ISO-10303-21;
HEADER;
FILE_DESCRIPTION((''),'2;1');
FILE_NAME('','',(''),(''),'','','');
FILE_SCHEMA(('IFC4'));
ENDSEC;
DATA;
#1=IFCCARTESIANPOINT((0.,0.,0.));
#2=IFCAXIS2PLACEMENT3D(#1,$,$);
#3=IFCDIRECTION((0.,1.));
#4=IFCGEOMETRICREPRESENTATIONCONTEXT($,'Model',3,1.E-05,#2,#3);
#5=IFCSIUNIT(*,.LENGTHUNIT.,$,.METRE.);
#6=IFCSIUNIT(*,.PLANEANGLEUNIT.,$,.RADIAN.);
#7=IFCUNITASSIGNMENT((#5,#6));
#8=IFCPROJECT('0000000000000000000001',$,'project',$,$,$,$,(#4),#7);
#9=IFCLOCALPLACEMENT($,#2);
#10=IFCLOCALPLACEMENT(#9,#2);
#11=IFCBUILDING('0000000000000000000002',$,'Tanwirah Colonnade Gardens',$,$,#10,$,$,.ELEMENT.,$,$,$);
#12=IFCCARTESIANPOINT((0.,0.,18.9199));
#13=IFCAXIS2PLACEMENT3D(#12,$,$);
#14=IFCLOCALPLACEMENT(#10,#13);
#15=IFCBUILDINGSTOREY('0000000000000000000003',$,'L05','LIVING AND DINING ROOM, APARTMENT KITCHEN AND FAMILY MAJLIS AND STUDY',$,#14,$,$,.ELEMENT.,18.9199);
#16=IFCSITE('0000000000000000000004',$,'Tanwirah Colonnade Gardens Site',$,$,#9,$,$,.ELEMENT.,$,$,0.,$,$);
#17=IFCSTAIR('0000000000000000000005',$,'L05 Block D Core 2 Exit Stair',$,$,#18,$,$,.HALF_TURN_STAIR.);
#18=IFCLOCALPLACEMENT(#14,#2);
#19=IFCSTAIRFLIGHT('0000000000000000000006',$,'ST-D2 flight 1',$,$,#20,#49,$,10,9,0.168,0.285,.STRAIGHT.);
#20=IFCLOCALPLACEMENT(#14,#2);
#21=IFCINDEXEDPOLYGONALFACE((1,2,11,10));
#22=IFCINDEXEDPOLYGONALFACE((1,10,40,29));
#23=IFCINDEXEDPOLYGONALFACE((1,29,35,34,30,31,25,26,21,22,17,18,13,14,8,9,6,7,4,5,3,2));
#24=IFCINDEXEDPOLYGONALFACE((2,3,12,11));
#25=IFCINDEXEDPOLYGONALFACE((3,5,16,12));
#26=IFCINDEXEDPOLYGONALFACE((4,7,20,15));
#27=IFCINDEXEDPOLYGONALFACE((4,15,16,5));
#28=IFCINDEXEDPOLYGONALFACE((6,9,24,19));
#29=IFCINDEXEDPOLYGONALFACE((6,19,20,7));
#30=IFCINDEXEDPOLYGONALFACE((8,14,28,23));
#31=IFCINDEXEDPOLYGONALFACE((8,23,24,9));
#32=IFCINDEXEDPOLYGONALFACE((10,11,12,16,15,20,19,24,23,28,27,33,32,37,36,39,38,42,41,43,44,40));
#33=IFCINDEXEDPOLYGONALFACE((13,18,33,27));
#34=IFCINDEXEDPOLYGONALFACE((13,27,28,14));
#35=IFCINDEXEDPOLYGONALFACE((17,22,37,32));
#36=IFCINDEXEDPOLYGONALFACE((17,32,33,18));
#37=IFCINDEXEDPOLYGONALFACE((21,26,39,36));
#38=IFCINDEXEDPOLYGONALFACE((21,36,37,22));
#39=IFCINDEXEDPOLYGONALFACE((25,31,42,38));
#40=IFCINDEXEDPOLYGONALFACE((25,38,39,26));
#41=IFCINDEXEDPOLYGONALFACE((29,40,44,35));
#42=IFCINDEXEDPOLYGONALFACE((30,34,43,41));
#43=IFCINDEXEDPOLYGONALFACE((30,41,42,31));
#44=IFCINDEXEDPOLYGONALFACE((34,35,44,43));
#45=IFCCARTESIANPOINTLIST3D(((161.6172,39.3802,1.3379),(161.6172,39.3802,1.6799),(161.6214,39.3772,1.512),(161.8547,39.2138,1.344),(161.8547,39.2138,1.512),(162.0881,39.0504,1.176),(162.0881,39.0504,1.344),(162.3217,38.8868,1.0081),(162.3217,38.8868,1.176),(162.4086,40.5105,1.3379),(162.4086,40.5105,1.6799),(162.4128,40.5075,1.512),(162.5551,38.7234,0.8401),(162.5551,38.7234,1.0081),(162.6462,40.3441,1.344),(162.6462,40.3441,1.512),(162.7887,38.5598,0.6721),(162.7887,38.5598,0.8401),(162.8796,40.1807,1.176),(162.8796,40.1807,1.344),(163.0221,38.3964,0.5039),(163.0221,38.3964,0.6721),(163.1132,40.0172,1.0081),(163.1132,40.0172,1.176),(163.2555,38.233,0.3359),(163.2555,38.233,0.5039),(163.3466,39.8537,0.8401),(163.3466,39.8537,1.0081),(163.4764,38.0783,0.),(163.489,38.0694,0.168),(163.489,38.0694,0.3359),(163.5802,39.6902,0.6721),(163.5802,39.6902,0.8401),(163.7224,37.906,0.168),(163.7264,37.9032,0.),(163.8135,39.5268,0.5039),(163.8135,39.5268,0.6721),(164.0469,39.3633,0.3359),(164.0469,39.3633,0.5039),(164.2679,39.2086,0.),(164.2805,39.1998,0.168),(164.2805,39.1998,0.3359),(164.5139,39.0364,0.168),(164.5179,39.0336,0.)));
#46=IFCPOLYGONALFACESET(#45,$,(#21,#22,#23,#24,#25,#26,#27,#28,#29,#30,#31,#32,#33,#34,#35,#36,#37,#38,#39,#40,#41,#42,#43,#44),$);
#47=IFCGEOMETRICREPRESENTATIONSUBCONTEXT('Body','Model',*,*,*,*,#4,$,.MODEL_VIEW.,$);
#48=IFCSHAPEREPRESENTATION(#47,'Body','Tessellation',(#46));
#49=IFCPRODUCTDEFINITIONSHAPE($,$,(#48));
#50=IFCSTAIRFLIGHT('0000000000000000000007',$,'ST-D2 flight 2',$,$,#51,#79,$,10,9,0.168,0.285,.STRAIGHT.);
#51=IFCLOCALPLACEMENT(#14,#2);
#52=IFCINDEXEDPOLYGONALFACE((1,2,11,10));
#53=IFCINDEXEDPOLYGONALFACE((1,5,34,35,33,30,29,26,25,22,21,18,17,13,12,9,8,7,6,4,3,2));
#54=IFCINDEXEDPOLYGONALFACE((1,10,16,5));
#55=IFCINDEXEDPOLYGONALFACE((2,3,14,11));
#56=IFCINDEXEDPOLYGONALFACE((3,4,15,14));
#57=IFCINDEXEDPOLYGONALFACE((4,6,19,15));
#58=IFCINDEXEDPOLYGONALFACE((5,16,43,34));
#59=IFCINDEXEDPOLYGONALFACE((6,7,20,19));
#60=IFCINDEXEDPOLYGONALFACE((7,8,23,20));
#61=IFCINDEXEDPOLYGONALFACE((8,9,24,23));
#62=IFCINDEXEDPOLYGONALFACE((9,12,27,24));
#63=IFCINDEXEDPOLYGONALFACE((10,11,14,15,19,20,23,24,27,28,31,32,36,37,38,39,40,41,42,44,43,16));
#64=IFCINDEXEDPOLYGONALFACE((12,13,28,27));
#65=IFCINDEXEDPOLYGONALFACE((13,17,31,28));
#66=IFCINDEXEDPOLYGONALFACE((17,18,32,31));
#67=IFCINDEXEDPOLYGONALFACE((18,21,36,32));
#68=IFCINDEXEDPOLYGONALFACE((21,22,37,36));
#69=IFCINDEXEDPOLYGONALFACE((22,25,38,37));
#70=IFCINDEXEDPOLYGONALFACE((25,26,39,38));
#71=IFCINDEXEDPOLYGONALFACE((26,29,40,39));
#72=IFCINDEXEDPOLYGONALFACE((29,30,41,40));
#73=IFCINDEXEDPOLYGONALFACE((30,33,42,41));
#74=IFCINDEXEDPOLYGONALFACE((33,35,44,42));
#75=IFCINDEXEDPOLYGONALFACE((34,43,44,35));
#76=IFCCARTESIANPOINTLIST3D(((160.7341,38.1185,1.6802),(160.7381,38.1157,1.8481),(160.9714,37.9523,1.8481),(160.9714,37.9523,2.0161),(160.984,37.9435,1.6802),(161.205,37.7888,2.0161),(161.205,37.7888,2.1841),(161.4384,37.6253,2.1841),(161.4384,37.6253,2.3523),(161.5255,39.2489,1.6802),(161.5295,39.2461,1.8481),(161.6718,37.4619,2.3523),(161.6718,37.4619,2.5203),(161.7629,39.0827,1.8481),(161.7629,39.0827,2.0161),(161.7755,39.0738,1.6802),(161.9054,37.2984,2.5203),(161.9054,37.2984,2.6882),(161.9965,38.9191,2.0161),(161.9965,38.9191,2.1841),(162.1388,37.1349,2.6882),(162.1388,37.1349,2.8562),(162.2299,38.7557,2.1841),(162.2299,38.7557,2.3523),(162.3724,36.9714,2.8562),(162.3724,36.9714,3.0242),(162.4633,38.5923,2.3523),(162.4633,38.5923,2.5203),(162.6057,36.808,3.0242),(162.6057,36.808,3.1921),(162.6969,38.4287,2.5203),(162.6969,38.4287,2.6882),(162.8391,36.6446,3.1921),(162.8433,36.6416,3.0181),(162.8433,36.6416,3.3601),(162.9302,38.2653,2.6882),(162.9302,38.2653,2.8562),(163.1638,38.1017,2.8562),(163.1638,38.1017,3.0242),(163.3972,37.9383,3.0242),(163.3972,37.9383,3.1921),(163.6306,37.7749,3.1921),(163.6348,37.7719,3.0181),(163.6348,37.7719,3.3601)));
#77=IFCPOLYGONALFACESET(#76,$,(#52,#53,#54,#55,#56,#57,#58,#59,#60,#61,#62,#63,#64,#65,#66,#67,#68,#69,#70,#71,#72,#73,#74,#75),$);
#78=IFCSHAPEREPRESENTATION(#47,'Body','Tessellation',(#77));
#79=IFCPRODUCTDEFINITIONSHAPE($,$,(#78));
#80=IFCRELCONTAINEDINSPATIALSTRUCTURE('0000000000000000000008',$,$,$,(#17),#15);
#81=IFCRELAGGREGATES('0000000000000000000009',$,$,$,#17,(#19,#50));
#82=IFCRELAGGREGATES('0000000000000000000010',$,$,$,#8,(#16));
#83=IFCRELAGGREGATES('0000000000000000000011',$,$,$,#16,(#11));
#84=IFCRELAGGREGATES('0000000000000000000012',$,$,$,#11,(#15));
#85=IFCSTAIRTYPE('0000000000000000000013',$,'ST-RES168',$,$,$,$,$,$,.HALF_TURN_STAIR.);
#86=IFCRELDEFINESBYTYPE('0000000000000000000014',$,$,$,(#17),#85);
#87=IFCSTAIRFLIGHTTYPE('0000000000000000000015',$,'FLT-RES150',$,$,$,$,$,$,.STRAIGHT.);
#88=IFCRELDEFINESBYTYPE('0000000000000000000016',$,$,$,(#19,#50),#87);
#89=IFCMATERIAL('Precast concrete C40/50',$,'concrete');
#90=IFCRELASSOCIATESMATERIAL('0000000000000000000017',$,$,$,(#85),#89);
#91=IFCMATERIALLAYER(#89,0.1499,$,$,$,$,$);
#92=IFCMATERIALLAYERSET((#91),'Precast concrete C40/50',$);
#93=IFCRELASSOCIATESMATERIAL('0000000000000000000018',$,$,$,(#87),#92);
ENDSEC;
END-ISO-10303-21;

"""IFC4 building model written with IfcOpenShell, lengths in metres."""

from ifc_helpers import new_model, si_unit, direction, frame, origin, place, context, subcontext, project, spatial, polyline, outline, extrude, material, layer, layer_set, type_object, element, aggregate, save


model = new_model("IFC4")

# Units and contexts
model_context = context("Model", 3, precision=1e-05, world=origin(), true_north=direction((0.0, 1.0)))
body_context = subcontext(model_context, "Body", "Model", "MODEL_VIEW")
ifc_project = project(units=[si_unit("LENGTHUNIT", "METRE"), si_unit("PLANEANGLEUNIT", "RADIAN")], contexts=[model_context])

# Site, building, storey
site_placement = place(None, origin())
site = spatial("IfcSite", under=ifc_project, at=site_placement, Name="Tanwirah Colonnade Gardens Site", CompositionType="ELEMENT", RefElevation=0.0)
building_placement = place(site_placement, origin())
building = spatial("IfcBuilding", under=site, at=building_placement, Name="Tanwirah Colonnade Gardens", CompositionType="ELEMENT")
storey_placement = place(building_placement, frame((0.0, 0.0, 18.9199)))
storey = spatial("IfcBuildingStorey", under=building, at=storey_placement, Name="L05", Description="LIVING AND DINING ROOM, APARTMENT KITCHEN AND FAMILY MAJLIS AND STUDY", CompositionType="ELEMENT", Elevation=18.9199)

# Shared definitions
ifc_material_1 = material(Name="Precast concrete C40/50", Category="concrete")

# Stair, stair flights
stair_type = type_object("IfcStairType", Name="ST-RES168", PredefinedType="HALF_TURN_STAIR", material=ifc_material_1)
stair_placement = place(storey_placement, origin())
stair = element("IfcStair", 1, at=stair_placement, inside=storey, type_object=stair_type, Name="L05 Block D Core 2 Exit Stair", PredefinedType="HALF_TURN_STAIR")
ifc_layer_1 = layer(ifc_material_1, 0.1499)
ifc_layer_set_1 = layer_set([ifc_layer_1], Name="Precast concrete C40/50")
stair_flight_type = type_object("IfcStairFlightType", Name="FLT-RES150", PredefinedType="STRAIGHT", material=ifc_layer_set_1)
stair_flight_1_placement = place(storey_placement, frame((164.1182, 38.4712, 0.0), z_axis=(0.0, 0.0, 1.0), x_axis=(-0.819152, 0.573576, 0.0)))
stair_flight_1 = element("IfcStairFlight", 2, at=stair_flight_1_placement, type_object=stair_flight_type, Name="ST-D2 flight 1", NumberOfRisers=10, NumberOfTreads=9, PredefinedType="STRAIGHT", RiserHeight=0.168, TreadLength=0.285, context=body_context, shape_type="SweptSolid", body=[
    extrude(outline(polyline([(-0.0049, 0.0), (0.0, 0.168), (0.2849, 0.168), (0.2849, 0.3359), (0.5701, 0.3359), (0.5701, 0.5039), (0.855, 0.5039), (0.855, 0.6721), (1.1399, 0.6721), (1.1399, 0.8401), (1.425, 0.8401), (1.425, 1.0081), (1.71, 1.0081), (1.71, 1.176), (1.9951, 1.176), (1.9951, 1.344), (2.28, 1.344), (2.28, 1.512), (2.5649, 1.512), (2.5701, 1.6799), (2.5701, 1.3379), (0.3003, 0.0), (-0.0049, 0.0)])), frame((0.0, 0.6899, 0.0), z_axis=(0.0, -1.0, 0.0), x_axis=(1.0, 0.0, 0.0)), (0.0, 0.0, 1.0), 1.3799),
])
stair_flight_2_placement = place(storey_placement, frame((161.1338, 38.6809, 1.6802), z_axis=(0.0, 0.0, 1.0), x_axis=(0.819152, -0.573576, 0.0)))
stair_flight_2 = element("IfcStairFlight", 3, at=stair_flight_2_placement, type_object=stair_flight_type, Name="ST-D2 flight 2", NumberOfRisers=10, NumberOfTreads=9, PredefinedType="STRAIGHT", RiserHeight=0.168, TreadLength=0.285, context=body_context, shape_type="SweptSolid", body=[
    extrude(outline(polyline([(-0.0049, 0.0), (0.0, 0.168), (0.2849, 0.168), (0.2849, 0.3359), (0.5701, 0.3359), (0.5701, 0.5039), (0.855, 0.5039), (0.855, 0.6721), (1.1399, 0.6721), (1.1399, 0.8401), (1.425, 0.8401), (1.425, 1.0081), (1.71, 1.0081), (1.71, 1.176), (1.9951, 1.176), (1.9951, 1.344), (2.28, 1.344), (2.28, 1.512), (2.5649, 1.512), (2.5701, 1.6799), (2.5701, 1.3379), (0.3003, 0.0), (-0.0049, 0.0)])), frame((0.0, 0.6899, 0.0), z_axis=(0.0, -1.0, 0.0), x_axis=(1.0, 0.0, 0.0)), (0.0, 0.0, 1.0), 1.3799),
])
aggregate(stair, [stair_flight_1, stair_flight_2])

save(model, "model.ifc")
